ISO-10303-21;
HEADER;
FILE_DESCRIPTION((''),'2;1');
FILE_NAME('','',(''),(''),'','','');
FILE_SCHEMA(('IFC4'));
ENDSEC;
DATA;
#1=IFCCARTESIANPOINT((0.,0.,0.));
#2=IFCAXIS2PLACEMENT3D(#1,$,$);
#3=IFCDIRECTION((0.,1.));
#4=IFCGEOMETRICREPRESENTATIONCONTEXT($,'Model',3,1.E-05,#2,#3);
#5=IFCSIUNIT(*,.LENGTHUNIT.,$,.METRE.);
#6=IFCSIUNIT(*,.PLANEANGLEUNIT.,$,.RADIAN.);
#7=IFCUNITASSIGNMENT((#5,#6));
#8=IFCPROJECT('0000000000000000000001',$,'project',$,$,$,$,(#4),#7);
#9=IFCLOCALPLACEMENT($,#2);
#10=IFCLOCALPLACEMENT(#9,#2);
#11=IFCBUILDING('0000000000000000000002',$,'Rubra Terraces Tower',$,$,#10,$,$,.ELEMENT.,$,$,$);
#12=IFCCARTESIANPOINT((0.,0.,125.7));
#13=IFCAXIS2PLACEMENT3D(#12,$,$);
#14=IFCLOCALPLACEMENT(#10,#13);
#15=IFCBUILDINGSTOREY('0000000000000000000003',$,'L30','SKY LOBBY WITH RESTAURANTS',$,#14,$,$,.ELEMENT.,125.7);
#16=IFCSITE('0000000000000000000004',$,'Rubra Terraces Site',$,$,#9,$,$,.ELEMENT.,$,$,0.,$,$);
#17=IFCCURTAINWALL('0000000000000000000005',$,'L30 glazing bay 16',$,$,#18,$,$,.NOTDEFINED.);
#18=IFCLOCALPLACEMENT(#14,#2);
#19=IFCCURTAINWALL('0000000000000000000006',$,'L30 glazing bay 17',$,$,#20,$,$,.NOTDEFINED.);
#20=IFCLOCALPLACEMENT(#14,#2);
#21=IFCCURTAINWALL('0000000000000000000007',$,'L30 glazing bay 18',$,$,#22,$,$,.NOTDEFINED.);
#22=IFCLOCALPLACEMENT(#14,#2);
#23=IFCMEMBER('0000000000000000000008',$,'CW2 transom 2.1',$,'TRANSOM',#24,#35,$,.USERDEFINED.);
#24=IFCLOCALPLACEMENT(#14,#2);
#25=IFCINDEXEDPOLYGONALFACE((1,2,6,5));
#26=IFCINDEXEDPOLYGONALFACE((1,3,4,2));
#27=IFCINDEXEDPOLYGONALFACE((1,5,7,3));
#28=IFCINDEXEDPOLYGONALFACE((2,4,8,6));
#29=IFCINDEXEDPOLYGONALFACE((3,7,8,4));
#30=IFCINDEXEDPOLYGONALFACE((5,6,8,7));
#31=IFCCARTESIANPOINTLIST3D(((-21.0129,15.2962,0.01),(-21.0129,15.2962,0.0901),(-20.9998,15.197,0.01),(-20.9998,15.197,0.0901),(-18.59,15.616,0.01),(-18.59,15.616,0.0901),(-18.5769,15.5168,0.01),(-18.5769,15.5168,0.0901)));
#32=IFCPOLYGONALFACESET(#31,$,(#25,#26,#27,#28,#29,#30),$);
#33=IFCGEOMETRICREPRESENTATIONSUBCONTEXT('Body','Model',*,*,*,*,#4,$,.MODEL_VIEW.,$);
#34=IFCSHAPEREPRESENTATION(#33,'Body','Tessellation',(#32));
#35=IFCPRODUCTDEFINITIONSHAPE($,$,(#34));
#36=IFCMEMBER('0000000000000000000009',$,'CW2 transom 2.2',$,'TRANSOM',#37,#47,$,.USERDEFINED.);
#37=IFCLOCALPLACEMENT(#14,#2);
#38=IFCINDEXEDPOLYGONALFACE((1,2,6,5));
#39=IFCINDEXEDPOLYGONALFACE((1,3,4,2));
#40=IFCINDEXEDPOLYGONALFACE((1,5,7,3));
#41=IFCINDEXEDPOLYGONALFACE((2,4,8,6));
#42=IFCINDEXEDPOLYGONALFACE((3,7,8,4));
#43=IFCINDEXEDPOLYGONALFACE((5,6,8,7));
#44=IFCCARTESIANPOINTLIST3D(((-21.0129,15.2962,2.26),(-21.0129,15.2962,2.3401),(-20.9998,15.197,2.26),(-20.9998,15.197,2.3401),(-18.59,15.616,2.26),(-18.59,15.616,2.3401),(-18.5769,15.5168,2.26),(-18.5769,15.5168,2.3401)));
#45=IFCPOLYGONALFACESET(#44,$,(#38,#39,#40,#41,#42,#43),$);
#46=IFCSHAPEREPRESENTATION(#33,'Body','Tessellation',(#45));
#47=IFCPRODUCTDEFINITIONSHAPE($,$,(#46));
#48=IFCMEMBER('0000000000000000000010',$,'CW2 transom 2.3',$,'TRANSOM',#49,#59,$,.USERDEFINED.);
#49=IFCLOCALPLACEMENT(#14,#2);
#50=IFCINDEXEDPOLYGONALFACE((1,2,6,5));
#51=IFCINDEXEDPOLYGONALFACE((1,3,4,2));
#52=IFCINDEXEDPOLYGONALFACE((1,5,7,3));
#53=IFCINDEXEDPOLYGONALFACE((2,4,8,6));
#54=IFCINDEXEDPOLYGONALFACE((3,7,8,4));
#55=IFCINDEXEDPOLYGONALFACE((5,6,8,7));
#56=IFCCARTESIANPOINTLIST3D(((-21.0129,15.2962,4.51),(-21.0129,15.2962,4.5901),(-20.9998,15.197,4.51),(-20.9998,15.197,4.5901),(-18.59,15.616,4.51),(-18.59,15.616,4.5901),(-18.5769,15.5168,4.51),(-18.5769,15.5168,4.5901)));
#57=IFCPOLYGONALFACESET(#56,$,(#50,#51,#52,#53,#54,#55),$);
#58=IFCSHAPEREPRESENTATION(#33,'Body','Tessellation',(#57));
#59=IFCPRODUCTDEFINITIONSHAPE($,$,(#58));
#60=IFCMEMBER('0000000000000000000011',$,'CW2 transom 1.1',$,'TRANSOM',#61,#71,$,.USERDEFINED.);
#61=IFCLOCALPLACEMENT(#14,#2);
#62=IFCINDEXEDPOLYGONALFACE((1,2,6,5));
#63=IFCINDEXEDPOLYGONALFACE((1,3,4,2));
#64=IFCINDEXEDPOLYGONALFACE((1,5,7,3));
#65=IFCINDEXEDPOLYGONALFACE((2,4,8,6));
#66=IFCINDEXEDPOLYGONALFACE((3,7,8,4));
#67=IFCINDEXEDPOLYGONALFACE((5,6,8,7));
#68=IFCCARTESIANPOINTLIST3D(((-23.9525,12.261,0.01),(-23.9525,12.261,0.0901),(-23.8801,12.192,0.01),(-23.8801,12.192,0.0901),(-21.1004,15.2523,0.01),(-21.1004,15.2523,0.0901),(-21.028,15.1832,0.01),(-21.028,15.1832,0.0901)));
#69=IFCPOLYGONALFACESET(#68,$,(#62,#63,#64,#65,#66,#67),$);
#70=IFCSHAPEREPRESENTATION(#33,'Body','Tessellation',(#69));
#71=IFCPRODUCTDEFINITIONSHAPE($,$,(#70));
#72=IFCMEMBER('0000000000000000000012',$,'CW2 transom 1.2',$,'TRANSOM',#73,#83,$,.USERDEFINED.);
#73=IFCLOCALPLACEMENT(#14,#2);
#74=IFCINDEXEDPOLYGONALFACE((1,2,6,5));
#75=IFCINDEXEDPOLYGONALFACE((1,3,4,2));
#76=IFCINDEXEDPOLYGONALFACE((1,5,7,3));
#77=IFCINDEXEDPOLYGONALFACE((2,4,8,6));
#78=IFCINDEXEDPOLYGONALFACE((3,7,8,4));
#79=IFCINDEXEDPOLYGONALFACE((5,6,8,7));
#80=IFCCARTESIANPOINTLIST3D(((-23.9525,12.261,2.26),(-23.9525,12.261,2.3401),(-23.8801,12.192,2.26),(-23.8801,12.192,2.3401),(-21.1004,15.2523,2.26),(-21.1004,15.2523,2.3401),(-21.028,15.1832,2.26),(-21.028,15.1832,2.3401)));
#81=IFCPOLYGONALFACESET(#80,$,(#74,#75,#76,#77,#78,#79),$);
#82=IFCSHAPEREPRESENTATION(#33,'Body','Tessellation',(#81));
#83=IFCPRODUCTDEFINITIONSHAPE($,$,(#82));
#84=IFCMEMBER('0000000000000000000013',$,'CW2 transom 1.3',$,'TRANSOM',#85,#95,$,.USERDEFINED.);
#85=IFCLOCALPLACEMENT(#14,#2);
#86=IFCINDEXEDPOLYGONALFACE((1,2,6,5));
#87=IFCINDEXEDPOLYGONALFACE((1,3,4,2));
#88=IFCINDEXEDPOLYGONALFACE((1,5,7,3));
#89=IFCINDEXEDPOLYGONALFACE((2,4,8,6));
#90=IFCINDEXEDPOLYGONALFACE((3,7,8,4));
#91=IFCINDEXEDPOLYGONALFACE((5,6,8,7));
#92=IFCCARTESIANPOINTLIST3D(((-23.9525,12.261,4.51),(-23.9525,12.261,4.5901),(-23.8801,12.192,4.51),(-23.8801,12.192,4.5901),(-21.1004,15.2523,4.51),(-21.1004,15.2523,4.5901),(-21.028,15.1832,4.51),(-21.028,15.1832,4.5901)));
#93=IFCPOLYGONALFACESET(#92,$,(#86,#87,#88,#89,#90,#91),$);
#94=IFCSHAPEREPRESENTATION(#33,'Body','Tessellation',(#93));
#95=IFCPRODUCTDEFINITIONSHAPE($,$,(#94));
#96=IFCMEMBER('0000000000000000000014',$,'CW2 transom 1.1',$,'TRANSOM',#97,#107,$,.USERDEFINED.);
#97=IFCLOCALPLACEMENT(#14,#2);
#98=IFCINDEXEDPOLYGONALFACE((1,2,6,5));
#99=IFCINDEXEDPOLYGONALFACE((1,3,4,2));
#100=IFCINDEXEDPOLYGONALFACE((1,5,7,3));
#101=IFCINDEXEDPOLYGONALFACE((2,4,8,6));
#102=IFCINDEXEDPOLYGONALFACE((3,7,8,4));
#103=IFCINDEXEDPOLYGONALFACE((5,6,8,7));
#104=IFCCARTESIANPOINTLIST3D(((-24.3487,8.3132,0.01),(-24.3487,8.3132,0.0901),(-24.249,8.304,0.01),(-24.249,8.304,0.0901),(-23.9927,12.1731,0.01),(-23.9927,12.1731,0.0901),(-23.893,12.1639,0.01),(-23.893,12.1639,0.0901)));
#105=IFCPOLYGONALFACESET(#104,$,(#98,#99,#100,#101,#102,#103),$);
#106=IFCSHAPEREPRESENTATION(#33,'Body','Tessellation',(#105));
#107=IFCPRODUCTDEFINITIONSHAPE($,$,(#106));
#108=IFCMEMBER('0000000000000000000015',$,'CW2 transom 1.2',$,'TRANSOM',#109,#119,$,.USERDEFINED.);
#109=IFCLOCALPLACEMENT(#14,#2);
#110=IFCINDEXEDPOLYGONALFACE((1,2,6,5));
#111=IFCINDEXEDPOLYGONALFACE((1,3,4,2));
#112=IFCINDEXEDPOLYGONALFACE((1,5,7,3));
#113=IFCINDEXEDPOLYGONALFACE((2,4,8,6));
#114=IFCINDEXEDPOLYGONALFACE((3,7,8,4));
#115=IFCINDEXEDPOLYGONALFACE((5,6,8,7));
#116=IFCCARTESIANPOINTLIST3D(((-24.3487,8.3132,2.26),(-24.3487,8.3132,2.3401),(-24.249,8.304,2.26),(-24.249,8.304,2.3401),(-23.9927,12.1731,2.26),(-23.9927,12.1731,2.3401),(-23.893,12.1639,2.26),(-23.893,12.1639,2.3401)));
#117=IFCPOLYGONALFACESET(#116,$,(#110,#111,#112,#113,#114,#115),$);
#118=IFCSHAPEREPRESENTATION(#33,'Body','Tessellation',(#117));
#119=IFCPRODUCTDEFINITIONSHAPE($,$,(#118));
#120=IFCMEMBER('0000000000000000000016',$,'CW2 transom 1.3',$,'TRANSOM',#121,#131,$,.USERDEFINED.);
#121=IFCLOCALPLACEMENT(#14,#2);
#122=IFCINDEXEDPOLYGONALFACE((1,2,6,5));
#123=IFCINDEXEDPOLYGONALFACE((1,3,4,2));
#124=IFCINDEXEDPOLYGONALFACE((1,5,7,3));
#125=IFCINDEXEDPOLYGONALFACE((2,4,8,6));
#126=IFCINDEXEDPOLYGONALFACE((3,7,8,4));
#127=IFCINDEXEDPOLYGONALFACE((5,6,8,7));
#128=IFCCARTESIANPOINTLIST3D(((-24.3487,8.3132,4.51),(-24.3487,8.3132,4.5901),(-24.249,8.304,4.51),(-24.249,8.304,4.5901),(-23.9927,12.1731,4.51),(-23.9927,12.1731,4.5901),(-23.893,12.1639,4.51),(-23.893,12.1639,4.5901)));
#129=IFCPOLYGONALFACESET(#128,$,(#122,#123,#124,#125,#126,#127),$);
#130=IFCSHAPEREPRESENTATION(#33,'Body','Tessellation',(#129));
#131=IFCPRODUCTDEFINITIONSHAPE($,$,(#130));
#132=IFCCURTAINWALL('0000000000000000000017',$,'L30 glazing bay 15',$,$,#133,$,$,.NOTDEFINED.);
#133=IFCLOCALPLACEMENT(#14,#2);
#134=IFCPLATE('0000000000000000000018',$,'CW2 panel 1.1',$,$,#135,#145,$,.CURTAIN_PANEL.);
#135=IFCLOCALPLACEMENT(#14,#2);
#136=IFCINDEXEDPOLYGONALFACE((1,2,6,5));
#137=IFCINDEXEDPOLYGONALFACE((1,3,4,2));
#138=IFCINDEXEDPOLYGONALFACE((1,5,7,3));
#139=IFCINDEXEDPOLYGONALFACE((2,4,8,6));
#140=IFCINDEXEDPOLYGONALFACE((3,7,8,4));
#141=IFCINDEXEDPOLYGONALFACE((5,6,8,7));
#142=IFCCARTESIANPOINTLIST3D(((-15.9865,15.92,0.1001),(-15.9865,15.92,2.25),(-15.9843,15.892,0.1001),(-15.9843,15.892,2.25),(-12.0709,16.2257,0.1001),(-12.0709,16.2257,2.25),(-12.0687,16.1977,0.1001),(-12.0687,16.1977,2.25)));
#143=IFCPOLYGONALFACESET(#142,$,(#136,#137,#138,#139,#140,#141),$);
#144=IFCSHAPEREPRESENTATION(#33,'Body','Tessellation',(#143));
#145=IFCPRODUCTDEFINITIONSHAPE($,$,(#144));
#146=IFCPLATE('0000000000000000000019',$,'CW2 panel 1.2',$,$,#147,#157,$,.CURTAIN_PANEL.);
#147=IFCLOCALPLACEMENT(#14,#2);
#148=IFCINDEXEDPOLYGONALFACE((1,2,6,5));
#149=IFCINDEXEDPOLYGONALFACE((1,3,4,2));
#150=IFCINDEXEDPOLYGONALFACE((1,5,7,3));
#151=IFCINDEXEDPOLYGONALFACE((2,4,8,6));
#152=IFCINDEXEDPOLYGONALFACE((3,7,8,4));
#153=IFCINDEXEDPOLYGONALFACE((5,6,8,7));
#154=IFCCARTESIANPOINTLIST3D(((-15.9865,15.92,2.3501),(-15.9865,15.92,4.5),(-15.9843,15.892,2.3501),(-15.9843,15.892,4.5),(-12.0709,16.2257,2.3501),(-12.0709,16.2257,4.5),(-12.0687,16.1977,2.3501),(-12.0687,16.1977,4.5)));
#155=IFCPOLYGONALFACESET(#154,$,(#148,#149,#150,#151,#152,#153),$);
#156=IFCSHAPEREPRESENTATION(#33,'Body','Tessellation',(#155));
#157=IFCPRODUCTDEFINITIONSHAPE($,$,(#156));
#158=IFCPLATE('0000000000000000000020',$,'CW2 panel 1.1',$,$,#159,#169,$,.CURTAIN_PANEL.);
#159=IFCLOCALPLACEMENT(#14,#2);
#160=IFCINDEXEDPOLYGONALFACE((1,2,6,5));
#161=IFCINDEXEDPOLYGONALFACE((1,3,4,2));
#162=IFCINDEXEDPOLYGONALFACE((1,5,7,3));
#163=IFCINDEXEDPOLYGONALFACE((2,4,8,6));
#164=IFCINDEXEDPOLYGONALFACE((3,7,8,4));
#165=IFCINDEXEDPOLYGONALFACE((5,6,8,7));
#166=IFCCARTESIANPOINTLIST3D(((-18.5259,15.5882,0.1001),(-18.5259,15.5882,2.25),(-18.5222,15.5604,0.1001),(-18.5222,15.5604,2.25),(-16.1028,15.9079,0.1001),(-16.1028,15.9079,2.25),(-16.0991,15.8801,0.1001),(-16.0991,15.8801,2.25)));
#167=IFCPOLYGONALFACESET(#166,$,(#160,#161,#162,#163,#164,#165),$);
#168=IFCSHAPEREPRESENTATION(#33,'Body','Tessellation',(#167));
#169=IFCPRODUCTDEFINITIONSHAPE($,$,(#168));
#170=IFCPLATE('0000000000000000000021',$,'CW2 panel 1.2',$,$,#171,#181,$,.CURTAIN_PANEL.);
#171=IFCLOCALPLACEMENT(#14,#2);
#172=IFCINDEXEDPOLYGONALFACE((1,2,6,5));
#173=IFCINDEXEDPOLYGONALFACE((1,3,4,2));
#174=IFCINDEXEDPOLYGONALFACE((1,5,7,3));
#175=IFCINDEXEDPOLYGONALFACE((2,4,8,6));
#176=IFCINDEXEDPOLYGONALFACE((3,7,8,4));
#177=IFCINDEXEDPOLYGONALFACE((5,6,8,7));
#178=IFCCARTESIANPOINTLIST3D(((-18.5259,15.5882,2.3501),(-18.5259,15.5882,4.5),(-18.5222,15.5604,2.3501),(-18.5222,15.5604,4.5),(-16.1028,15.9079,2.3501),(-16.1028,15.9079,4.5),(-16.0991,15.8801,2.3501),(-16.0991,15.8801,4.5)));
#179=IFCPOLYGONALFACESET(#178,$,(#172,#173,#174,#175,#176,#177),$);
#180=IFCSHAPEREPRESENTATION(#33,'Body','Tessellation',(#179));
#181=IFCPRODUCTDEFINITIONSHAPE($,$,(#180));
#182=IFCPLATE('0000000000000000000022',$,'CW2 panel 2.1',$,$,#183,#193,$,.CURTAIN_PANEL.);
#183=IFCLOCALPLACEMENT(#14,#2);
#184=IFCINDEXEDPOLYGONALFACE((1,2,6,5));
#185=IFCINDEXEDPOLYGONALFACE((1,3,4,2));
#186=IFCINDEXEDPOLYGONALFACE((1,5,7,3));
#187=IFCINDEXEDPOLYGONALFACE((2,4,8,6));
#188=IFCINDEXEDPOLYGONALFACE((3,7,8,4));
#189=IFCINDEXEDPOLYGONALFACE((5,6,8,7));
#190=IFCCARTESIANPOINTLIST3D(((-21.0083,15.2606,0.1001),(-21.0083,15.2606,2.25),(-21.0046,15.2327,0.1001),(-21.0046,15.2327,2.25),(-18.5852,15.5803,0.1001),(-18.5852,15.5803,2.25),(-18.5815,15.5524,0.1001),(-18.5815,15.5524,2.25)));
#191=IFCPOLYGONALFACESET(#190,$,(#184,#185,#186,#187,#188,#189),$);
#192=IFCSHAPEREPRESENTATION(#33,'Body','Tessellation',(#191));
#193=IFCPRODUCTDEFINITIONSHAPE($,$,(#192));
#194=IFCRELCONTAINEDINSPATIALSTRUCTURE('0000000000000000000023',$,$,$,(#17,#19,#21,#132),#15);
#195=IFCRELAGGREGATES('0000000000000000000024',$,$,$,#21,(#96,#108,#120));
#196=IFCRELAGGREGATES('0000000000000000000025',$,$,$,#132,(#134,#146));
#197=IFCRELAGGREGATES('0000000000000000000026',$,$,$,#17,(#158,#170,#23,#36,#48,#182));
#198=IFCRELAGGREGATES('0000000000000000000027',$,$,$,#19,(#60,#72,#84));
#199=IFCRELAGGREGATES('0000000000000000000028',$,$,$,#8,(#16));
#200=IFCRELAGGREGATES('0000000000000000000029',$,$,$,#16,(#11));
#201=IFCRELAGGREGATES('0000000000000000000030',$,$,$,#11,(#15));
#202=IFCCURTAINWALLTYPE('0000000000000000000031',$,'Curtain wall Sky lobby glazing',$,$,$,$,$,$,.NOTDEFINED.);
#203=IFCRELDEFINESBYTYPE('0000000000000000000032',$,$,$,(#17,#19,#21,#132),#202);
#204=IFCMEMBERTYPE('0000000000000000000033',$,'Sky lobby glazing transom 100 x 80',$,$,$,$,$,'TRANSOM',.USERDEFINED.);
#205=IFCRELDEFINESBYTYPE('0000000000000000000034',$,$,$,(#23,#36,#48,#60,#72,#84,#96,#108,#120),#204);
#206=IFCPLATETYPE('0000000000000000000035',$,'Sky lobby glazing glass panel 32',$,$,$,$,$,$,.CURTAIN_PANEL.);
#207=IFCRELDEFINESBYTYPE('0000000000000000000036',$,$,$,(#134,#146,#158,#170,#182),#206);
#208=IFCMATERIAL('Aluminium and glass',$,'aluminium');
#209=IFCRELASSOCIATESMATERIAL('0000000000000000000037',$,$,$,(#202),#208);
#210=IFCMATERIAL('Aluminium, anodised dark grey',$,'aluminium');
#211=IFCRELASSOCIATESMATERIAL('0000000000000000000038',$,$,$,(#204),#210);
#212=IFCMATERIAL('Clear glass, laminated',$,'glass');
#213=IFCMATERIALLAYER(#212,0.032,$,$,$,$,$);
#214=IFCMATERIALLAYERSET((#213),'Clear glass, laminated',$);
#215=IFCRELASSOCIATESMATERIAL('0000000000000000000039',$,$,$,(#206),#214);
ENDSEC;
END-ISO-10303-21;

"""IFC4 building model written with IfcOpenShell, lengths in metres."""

from ifc_helpers import new_model, si_unit, direction, frame, origin, origin_2d, place, context, subcontext, project, spatial, rectangle, extrude, material, layer, layer_set, material_profile, profile_set, type_object, element, aggregate, save


model = new_model("IFC4")

# Units and contexts
model_context = context("Model", 3, precision=1e-05, world=origin(), true_north=direction((0.0, 1.0)))
body_context = subcontext(model_context, "Body", "Model", "MODEL_VIEW")
ifc_project = project(units=[si_unit("LENGTHUNIT", "METRE"), si_unit("PLANEANGLEUNIT", "RADIAN")], contexts=[model_context])

# Site, building, storey
site_placement = place(None, origin())
site = spatial("IfcSite", under=ifc_project, at=site_placement, Name="Rubra Terraces Site", CompositionType="ELEMENT", RefElevation=0.0)
building_placement = place(site_placement, origin())
building = spatial("IfcBuilding", under=site, at=building_placement, Name="Rubra Terraces Tower", CompositionType="ELEMENT")
storey_placement = place(building_placement, frame((0.0, 0.0, 125.7)))
storey = spatial("IfcBuildingStorey", under=building, at=storey_placement, Name="L30", Description="SKY LOBBY WITH RESTAURANTS", CompositionType="ELEMENT", Elevation=125.7)

# Curtain wall
ifc_material_1 = material(Name="Aluminium and glass", Category="aluminium")
curtain_wall_type = type_object("IfcCurtainWallType", Name="Curtain wall Sky lobby glazing", PredefinedType="NOTDEFINED", material=ifc_material_1)
curtain_wall_1_placement = place(storey_placement, origin())
curtain_wall_1 = element("IfcCurtainWall", 1, at=curtain_wall_1_placement, inside=storey, type_object=curtain_wall_type, Name="L30 glazing bay 16", PredefinedType="NOTDEFINED")
ifc_material_2 = material(Name="Aluminium, anodised dark grey", Category="aluminium")

# Curtain walls
curtain_wall_2_placement = place(storey_placement, origin())
curtain_wall_2 = element("IfcCurtainWall", 2, at=curtain_wall_2_placement, inside=storey, type_object=curtain_wall_type, Name="L30 glazing bay 17", PredefinedType="NOTDEFINED")
curtain_wall_3_placement = place(storey_placement, origin())
curtain_wall_3 = element("IfcCurtainWall", 3, at=curtain_wall_3_placement, inside=storey, type_object=curtain_wall_type, Name="L30 glazing bay 18", PredefinedType="NOTDEFINED")

# Members
ifc_material_profile_1 = material_profile(ifc_material_2, rectangle(XDim=0.1001, YDim=0.0801, at=origin_2d()), Name="AL 100x80")
ifc_profile_set_1 = profile_set([ifc_material_profile_1], Name="Aluminium, anodised dark grey")
member_type_1 = type_object("IfcMemberType", Name="Sky lobby glazing transom 100 x 80", ElementType="TRANSOM", PredefinedType="USERDEFINED", material=ifc_profile_set_1)
member_1_placement = place(storey_placement, frame((-18.5835, 15.5664, 0.05), z_axis=(-0.9914, -0.130868, 0.0), x_axis=(0.130868, -0.9914, 0.0)))
member_1 = element("IfcMember", 4, at=member_1_placement, type_object=member_type_1, Name="CW2 transom 2.1", ObjectType="TRANSOM", PredefinedType="USERDEFINED", context=body_context, shape_type="SweptSolid", body=[
    extrude(rectangle(XDim=0.1001, YDim=0.0801, at=origin_2d()), origin(), (0.0, 0.0, 1.0), 2.4438),
])
member_2_placement = place(storey_placement, frame((-18.5835, 15.5664, 2.3), z_axis=(-0.9914, -0.130868, 0.0), x_axis=(0.130868, -0.9914, 0.0)))
member_2 = element("IfcMember", 5, at=member_2_placement, type_object=member_type_1, Name="CW2 transom 2.2", ObjectType="TRANSOM", PredefinedType="USERDEFINED", context=body_context, shape_type="SweptSolid", body=[
    extrude(rectangle(XDim=0.1001, YDim=0.0801, at=origin_2d()), origin(), (0.0, 0.0, 1.0), 2.4438),
])
member_3_placement = place(storey_placement, frame((-18.5835, 15.5664, 4.55), z_axis=(-0.9914, -0.130868, 0.0), x_axis=(0.130868, -0.9914, 0.0)))
member_3 = element("IfcMember", 6, at=member_3_placement, type_object=member_type_1, Name="CW2 transom 2.3", ObjectType="TRANSOM", PredefinedType="USERDEFINED", context=body_context, shape_type="SweptSolid", body=[
    extrude(rectangle(XDim=0.1001, YDim=0.0801, at=origin_2d()), origin(), (0.0, 0.0, 1.0), 2.4438),
])
member_4_placement = place(storey_placement, frame((-21.0642, 15.2178, 0.05), z_axis=(-0.690071, -0.723742, 0.0), x_axis=(0.723742, -0.690071, 0.0)))
member_4 = element("IfcMember", 7, at=member_4_placement, type_object=member_type_1, Name="CW2 transom 1.1", ObjectType="TRANSOM", PredefinedType="USERDEFINED", context=body_context, shape_type="SweptSolid", body=[
    extrude(rectangle(XDim=0.1001, YDim=0.0801, at=origin_2d()), origin(), (0.0, 0.0, 1.0), 4.1331),
])
member_5_placement = place(storey_placement, frame((-21.0642, 15.2178, 2.3), z_axis=(-0.690071, -0.723742, 0.0), x_axis=(0.723742, -0.690071, 0.0)))
member_5 = element("IfcMember", 8, at=member_5_placement, type_object=member_type_1, Name="CW2 transom 1.2", ObjectType="TRANSOM", PredefinedType="USERDEFINED", context=body_context, shape_type="SweptSolid", body=[
    extrude(rectangle(XDim=0.1001, YDim=0.0801, at=origin_2d()), origin(), (0.0, 0.0, 1.0), 4.1331),
])
member_6_placement = place(storey_placement, frame((-21.0642, 15.2178, 4.55), z_axis=(-0.690071, -0.723742, 0.0), x_axis=(0.723742, -0.690071, 0.0)))
member_6 = element("IfcMember", 9, at=member_6_placement, type_object=member_type_1, Name="CW2 transom 1.3", ObjectType="TRANSOM", PredefinedType="USERDEFINED", context=body_context, shape_type="SweptSolid", body=[
    extrude(rectangle(XDim=0.1001, YDim=0.0801, at=origin_2d()), origin(), (0.0, 0.0, 1.0), 4.1331),
])
member_7_placement = place(storey_placement, frame((-23.9429, 12.1685, 0.05), z_axis=(-0.09183, -0.995775, 0.0), x_axis=(0.995775, -0.09183, 0.0)))
member_7 = element("IfcMember", 10, at=member_7_placement, type_object=member_type_1, Name="CW2 transom 1.1", ObjectType="TRANSOM", PredefinedType="USERDEFINED", context=body_context, shape_type="SweptSolid", body=[
    extrude(rectangle(XDim=0.1001, YDim=0.0801, at=origin_2d()), origin(), (0.0, 0.0, 1.0), 3.8762),
])
member_8_placement = place(storey_placement, frame((-23.9429, 12.1685, 2.3), z_axis=(-0.09183, -0.995775, 0.0), x_axis=(0.995775, -0.09183, 0.0)))
member_8 = element("IfcMember", 11, at=member_8_placement, type_object=member_type_1, Name="CW2 transom 1.2", ObjectType="TRANSOM", PredefinedType="USERDEFINED", context=body_context, shape_type="SweptSolid", body=[
    extrude(rectangle(XDim=0.1001, YDim=0.0801, at=origin_2d()), origin(), (0.0, 0.0, 1.0), 3.8762),
])
member_9_placement = place(storey_placement, frame((-23.9429, 12.1685, 4.55), z_axis=(-0.09183, -0.995775, 0.0), x_axis=(0.995775, -0.09183, 0.0)))
member_9 = element("IfcMember", 12, at=member_9_placement, type_object=member_type_1, Name="CW2 transom 1.3", ObjectType="TRANSOM", PredefinedType="USERDEFINED", context=body_context, shape_type="SweptSolid", body=[
    extrude(rectangle(XDim=0.1001, YDim=0.0801, at=origin_2d()), origin(), (0.0, 0.0, 1.0), 3.8762),
])
aggregate(curtain_wall_3, [member_7, member_8, member_9])

# Curtain wall, plates
curtain_wall_4_placement = place(storey_placement, origin())
curtain_wall_4 = element("IfcCurtainWall", 13, at=curtain_wall_4_placement, inside=storey, type_object=curtain_wall_type, Name="L30 glazing bay 15", PredefinedType="NOTDEFINED")
ifc_material_3 = material(Name="Clear glass, laminated", Category="glass")
ifc_layer_1 = layer(ifc_material_3, 0.032)
ifc_layer_set_1 = layer_set([ifc_layer_1], Name="Clear glass, laminated")
plate_type = type_object("IfcPlateType", Name="Sky lobby glazing glass panel 32", PredefinedType="CURTAIN_PANEL", material=ifc_layer_set_1)
plate_1_placement = place(storey_placement, frame((-14.0276, 16.0588, 0.1001), z_axis=(0.0, 0.0, 1.0), x_axis=(-0.996967, -0.077828, 0.0)))
plate_1 = element("IfcPlate", 14, at=plate_1_placement, type_object=plate_type, Name="CW2 panel 1.1", PredefinedType="CURTAIN_PANEL", context=body_context, shape_type="SweptSolid", body=[
    extrude(rectangle(XDim=3.9275, YDim=0.0281, at=origin_2d()), origin(), (0.0, 0.0, 1.0), 2.1499),
])
plate_2_placement = place(storey_placement, frame((-14.0276, 16.0588, 2.3501), z_axis=(0.0, 0.0, 1.0), x_axis=(-0.996967, -0.077828, 0.0)))
plate_2 = element("IfcPlate", 15, at=plate_2_placement, type_object=plate_type, Name="CW2 panel 1.2", PredefinedType="CURTAIN_PANEL", context=body_context, shape_type="SweptSolid", body=[
    extrude(rectangle(XDim=3.9275, YDim=0.0281, at=origin_2d()), origin(), (0.0, 0.0, 1.0), 2.1499),
])
aggregate(curtain_wall_4, [plate_1, plate_2])

# Plates
plate_3_placement = place(storey_placement, frame((-17.3125, 15.7341, 0.1001), z_axis=(0.0, 0.0, 1.0), x_axis=(-0.991408, -0.130803, 0.0)))
plate_3 = element("IfcPlate", 16, at=plate_3_placement, type_object=plate_type, Name="CW2 panel 1.1", PredefinedType="CURTAIN_PANEL", context=body_context, shape_type="SweptSolid", body=[
    extrude(rectangle(XDim=2.4441, YDim=0.0281, at=origin_2d()), origin(), (0.0, 0.0, 1.0), 2.1499),
])
plate_4_placement = place(storey_placement, frame((-17.3125, 15.7341, 2.3501), z_axis=(0.0, 0.0, 1.0), x_axis=(-0.991408, -0.130803, 0.0)))
plate_4 = element("IfcPlate", 17, at=plate_4_placement, type_object=plate_type, Name="CW2 panel 1.2", PredefinedType="CURTAIN_PANEL", context=body_context, shape_type="SweptSolid", body=[
    extrude(rectangle(XDim=2.4441, YDim=0.0281, at=origin_2d()), origin(), (0.0, 0.0, 1.0), 2.1499),
])
plate_5_placement = place(storey_placement, frame((-19.7949, 15.4065, 0.1001), z_axis=(0.0, 0.0, 1.0), x_axis=(-0.991408, -0.130803, 0.0)))
plate_5 = element("IfcPlate", 18, at=plate_5_placement, type_object=plate_type, Name="CW2 panel 2.1", PredefinedType="CURTAIN_PANEL", context=body_context, shape_type="SweptSolid", body=[
    extrude(rectangle(XDim=2.4441, YDim=0.0281, at=origin_2d()), origin(), (0.0, 0.0, 1.0), 2.1499),
])
aggregate(curtain_wall_1, [plate_3, plate_4, member_1, member_2, member_3, plate_5])
aggregate(curtain_wall_2, [member_4, member_5, member_6])

save(model, "model.ifc")
